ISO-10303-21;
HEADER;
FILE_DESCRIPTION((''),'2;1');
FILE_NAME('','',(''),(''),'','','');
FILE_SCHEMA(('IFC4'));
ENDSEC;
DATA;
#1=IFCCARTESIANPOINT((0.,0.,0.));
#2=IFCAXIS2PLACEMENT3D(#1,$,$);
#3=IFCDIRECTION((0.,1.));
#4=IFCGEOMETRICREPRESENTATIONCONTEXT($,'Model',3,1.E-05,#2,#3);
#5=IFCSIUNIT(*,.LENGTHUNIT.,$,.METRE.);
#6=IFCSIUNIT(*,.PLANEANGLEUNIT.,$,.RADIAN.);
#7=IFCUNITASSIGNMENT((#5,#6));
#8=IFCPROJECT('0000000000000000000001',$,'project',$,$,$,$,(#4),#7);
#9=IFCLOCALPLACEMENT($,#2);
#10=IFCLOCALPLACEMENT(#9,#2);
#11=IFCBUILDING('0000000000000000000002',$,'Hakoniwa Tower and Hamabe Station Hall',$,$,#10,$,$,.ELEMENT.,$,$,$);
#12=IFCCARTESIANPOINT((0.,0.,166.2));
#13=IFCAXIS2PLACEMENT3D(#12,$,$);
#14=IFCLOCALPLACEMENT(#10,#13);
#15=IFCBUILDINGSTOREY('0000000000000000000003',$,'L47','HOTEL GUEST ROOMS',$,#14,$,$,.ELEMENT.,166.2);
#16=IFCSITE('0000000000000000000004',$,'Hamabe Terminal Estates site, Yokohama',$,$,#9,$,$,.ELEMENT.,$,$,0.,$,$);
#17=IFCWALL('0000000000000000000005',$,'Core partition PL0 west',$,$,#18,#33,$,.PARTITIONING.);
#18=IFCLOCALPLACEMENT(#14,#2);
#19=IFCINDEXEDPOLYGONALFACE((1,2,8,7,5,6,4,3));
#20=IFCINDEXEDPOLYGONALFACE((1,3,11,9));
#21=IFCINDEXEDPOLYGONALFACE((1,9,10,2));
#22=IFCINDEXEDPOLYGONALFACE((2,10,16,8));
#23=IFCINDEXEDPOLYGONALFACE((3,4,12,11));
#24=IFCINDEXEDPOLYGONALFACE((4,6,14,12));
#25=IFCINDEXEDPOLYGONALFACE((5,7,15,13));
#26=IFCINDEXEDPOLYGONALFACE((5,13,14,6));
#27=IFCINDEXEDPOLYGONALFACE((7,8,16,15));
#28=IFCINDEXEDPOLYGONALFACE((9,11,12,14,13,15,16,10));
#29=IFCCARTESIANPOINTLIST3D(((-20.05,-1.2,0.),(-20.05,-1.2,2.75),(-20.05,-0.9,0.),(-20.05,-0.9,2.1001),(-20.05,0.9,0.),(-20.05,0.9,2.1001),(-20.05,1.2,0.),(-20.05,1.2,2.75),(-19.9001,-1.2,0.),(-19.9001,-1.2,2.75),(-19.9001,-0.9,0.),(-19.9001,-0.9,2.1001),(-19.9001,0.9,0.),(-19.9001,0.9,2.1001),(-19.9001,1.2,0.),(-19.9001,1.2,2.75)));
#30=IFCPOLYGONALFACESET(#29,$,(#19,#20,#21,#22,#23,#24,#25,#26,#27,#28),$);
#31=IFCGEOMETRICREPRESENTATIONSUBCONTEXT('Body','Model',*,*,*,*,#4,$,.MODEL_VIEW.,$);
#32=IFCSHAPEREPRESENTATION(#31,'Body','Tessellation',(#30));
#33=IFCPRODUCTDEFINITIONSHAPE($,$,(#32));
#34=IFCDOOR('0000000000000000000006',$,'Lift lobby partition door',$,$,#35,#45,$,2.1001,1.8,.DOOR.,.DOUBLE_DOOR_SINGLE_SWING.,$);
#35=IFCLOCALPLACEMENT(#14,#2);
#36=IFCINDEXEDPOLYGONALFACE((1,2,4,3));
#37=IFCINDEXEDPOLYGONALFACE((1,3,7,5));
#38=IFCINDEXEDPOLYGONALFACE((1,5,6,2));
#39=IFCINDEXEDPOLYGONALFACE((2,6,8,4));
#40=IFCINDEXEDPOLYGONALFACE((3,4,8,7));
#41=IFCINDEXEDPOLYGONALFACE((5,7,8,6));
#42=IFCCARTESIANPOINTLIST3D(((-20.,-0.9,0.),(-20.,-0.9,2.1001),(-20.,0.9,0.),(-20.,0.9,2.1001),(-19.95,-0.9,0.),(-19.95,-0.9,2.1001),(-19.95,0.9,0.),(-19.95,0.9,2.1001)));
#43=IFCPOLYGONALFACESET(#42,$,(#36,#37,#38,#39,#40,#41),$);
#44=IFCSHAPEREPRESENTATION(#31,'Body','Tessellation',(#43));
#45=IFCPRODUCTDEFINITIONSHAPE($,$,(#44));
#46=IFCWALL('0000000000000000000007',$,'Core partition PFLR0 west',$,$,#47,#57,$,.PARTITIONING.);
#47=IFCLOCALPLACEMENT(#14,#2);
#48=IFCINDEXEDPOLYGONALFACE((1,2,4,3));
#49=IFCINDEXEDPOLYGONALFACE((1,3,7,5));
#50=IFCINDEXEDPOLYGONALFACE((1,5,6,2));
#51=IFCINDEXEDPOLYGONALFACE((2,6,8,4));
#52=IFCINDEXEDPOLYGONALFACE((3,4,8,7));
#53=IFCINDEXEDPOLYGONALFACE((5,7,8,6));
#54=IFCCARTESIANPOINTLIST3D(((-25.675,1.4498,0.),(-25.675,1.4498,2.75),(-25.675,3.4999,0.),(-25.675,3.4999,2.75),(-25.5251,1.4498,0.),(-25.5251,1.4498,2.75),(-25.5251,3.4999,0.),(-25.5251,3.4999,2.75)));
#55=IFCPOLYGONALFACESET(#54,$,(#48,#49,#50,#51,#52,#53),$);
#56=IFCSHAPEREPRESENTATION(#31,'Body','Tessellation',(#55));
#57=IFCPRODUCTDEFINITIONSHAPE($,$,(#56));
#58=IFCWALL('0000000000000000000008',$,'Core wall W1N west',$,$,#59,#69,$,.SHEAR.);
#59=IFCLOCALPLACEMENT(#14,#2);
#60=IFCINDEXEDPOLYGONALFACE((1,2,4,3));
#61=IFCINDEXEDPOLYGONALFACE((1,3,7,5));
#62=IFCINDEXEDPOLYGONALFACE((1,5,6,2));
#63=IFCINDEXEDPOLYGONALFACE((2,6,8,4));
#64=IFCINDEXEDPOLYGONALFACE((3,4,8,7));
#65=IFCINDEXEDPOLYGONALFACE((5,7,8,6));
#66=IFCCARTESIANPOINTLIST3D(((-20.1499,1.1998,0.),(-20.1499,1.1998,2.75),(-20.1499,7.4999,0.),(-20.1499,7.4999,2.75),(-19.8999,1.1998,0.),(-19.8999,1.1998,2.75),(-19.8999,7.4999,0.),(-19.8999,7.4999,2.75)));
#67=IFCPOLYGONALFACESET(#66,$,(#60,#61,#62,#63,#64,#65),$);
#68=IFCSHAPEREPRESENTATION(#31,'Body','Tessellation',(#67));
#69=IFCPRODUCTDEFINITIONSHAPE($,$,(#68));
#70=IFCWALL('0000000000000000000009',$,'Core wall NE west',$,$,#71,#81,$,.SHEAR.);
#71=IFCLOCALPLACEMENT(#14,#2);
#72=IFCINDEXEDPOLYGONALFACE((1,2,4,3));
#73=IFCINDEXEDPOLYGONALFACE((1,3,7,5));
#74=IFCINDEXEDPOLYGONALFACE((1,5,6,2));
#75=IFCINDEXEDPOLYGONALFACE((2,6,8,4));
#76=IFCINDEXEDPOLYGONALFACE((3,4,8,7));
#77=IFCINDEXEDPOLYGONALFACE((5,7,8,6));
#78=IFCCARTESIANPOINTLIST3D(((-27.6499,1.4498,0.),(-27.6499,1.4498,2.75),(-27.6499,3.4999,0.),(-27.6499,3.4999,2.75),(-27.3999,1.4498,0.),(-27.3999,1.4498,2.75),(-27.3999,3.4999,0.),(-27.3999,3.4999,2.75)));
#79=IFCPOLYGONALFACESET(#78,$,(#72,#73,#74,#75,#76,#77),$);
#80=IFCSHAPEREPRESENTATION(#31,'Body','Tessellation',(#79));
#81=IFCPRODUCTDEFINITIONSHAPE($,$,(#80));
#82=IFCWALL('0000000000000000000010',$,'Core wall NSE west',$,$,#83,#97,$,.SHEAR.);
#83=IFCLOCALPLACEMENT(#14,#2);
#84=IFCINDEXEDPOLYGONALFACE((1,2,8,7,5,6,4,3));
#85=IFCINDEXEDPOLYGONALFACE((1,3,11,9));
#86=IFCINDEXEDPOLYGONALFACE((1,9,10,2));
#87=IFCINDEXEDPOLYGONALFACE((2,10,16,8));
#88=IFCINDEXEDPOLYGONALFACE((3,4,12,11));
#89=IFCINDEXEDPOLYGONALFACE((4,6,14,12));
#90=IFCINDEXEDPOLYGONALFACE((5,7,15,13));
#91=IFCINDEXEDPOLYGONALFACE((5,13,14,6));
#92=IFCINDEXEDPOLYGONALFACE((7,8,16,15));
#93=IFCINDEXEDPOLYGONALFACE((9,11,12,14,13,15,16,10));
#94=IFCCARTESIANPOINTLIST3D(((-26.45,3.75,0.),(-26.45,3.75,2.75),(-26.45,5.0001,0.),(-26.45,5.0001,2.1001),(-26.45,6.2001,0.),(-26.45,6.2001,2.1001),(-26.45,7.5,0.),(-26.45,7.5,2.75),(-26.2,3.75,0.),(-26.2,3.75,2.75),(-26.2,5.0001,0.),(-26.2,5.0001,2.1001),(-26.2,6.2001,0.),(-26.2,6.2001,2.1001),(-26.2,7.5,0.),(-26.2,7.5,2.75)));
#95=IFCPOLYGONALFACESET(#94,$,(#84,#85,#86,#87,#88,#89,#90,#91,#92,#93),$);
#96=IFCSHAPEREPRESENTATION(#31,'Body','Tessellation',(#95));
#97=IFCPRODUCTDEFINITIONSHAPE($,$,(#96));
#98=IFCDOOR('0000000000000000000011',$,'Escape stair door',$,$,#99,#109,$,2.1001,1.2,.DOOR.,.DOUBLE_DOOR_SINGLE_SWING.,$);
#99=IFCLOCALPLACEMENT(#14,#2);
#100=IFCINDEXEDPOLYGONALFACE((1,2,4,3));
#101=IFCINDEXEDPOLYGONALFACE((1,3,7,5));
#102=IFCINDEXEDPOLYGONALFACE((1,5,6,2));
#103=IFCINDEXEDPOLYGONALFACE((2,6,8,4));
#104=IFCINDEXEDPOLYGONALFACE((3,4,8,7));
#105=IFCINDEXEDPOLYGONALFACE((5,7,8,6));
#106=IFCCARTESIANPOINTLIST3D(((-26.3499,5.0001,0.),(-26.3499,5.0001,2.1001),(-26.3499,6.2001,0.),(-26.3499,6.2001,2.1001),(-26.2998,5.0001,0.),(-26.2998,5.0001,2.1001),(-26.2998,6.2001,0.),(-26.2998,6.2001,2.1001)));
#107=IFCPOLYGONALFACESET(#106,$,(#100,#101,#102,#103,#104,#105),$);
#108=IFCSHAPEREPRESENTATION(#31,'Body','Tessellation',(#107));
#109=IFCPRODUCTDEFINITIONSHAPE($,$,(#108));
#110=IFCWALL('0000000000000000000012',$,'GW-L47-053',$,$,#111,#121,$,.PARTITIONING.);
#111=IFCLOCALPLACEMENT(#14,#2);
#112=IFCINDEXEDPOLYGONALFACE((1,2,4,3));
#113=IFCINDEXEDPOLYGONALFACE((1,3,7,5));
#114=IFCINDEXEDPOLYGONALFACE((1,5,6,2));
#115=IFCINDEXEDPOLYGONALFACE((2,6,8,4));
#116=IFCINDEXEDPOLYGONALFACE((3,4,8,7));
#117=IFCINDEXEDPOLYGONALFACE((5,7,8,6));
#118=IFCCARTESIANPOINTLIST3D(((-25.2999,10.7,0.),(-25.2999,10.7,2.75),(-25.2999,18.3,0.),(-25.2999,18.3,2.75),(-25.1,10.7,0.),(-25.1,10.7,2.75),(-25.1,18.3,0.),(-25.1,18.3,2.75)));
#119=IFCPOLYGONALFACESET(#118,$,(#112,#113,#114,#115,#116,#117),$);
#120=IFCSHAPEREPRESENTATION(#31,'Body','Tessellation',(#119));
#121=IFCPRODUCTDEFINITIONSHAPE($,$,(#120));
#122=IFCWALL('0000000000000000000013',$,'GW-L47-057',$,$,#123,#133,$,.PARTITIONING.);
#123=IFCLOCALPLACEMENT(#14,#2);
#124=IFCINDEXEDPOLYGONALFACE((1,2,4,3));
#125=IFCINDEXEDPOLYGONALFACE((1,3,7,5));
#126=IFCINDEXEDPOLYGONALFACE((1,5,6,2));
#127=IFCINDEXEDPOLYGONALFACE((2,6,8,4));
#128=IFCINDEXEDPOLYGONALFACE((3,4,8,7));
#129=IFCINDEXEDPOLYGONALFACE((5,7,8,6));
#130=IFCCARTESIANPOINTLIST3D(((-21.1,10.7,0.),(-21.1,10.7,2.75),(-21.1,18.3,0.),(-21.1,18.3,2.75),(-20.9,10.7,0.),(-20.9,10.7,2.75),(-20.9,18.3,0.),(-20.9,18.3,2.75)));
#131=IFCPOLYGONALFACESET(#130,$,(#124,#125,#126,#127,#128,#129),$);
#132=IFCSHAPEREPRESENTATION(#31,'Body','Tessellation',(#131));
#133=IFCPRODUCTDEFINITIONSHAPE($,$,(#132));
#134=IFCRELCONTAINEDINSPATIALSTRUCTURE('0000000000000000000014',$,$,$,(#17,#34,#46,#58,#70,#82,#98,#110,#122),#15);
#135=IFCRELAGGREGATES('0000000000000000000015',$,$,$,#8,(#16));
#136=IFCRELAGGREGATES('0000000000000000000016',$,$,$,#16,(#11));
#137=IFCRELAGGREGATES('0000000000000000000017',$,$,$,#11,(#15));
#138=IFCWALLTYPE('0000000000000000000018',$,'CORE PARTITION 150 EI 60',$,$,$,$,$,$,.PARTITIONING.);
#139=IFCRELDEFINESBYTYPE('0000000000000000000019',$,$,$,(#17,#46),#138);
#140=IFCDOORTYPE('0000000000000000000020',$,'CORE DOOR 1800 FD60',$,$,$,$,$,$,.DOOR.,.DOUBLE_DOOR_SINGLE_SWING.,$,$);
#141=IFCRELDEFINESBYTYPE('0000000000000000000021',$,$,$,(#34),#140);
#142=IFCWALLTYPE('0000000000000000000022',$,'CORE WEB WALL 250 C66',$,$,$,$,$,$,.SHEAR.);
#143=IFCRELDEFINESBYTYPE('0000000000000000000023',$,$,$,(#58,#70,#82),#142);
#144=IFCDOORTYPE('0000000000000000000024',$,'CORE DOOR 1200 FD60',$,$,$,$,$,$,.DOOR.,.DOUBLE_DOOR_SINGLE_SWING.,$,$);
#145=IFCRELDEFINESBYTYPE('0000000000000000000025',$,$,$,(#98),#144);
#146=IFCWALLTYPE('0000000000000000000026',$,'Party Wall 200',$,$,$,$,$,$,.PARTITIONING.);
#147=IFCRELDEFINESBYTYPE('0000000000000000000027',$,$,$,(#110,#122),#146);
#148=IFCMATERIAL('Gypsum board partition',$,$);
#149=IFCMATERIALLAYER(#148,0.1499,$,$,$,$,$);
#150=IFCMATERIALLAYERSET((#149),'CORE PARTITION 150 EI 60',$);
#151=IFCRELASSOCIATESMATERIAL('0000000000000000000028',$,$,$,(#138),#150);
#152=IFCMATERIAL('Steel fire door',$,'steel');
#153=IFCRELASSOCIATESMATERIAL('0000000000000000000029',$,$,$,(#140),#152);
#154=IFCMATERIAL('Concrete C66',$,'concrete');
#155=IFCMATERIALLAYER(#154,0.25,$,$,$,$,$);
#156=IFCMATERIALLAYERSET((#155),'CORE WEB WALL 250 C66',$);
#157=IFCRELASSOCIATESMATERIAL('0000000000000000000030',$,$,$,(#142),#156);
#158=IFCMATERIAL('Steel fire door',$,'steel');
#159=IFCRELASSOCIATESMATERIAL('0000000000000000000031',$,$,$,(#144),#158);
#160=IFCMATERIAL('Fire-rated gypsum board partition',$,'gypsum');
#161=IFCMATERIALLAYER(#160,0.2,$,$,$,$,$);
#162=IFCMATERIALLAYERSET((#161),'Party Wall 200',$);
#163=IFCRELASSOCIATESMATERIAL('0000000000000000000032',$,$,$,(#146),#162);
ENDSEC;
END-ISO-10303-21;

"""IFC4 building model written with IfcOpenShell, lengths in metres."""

from ifc_helpers import new_model, si_unit, direction, frame, frame_2d, origin, place, context, subcontext, project, spatial, rectangle, extrude, material, layer, layer_set, type_object, element, fill, save


model = new_model("IFC4")

# Units and contexts
model_context = context("Model", 3, precision=1e-05, world=origin(), true_north=direction((0.0, 1.0)))
body_context = subcontext(model_context, "Body", "Model", "MODEL_VIEW")
ifc_project = project(units=[si_unit("LENGTHUNIT", "METRE"), si_unit("PLANEANGLEUNIT", "RADIAN")], contexts=[model_context])

# Site, building, storey
site_placement = place(None, origin())
site = spatial("IfcSite", under=ifc_project, at=site_placement, Name="Hamabe Terminal Estates site, Yokohama", CompositionType="ELEMENT", RefElevation=0.0)
building_placement = place(site_placement, origin())
building = spatial("IfcBuilding", under=site, at=building_placement, Name="Hakoniwa Tower and Hamabe Station Hall", CompositionType="ELEMENT")
storey_placement = place(building_placement, frame((0.0, 0.0, 166.2)))
storey = spatial("IfcBuildingStorey", under=building, at=storey_placement, Name="L47", Description="HOTEL GUEST ROOMS", CompositionType="ELEMENT", Elevation=166.2)

# Wall, opening, door
ifc_material_1 = material(Name="Gypsum board partition")
ifc_layer_1 = layer(ifc_material_1, 0.1499)
ifc_layer_set_1 = layer_set([ifc_layer_1], Name="CORE PARTITION 150 EI 60")
wall_type_1 = type_object("IfcWallType", Name="CORE PARTITION 150 EI 60", PredefinedType="PARTITIONING", material=ifc_layer_set_1)
wall_1_placement = place(storey_placement, frame((-19.9751, -1.2, 0.0), z_axis=(0.0, 0.0, 1.0), x_axis=(0.0, 1.0, 0.0)))
wall_1 = element("IfcWall", 1, at=wall_1_placement, inside=storey, type_object=wall_type_1, Name="Core partition PL0 west", PredefinedType="PARTITIONING", context=body_context, shape_type="SweptSolid", body=[
    extrude(rectangle(XDim=2.3999, YDim=0.1499, at=frame_2d((1.2, 0.0))), origin(), (0.0, 0.0, 1.0), 2.75),
])
opening_1_placement = place(wall_1_placement, frame((0.3, 0.0, 0.0)))
opening_1 = element("IfcOpeningElement", 2, at=opening_1_placement, cuts=wall_1, PredefinedType="OPENING", context=body_context, shape_type="SweptSolid", body=[
    extrude(rectangle(XDim=1.8, YDim=2.1001, at=frame_2d((0.8999, 1.05))), frame((0.0, 0.085, 0.0), z_axis=(0.0, -1.0, 0.0), x_axis=(1.0, 0.0, 0.0)), (0.0, 0.0, 1.0), 0.1699),
])
ifc_material_2 = material(Name="Steel fire door", Category="steel")
door_type_1 = type_object("IfcDoorType", Name="CORE DOOR 1800 FD60", OperationType="DOUBLE_DOOR_SINGLE_SWING", PredefinedType="DOOR", material=ifc_material_2)
door_1_placement = place(opening_1_placement, origin())
door_1 = element("IfcDoor", 3, at=door_1_placement, inside=storey, type_object=door_type_1, Name="Lift lobby partition door", OperationType="DOUBLE_DOOR_SINGLE_SWING", OverallHeight=2.1001, OverallWidth=1.8, PredefinedType="DOOR", context=body_context, shape_type="SweptSolid", body=[
    extrude(rectangle(XDim=1.8, YDim=2.1001, at=frame_2d((0.8999, 1.05))), frame((0.0, 0.0249, 0.0), z_axis=(0.0, -1.0, 0.0), x_axis=(1.0, 0.0, 0.0)), (0.0, 0.0, 1.0), 0.05),
])
fill(opening_1, door_1)

# Walls
wall_2_placement = place(storey_placement, frame((-25.6001, 1.45, 0.0), z_axis=(0.0, 0.0, 1.0), x_axis=(0.0, 1.0, 0.0)))
element("IfcWall", 4, at=wall_2_placement, inside=storey, type_object=wall_type_1, Name="Core partition PFLR0 west", PredefinedType="PARTITIONING", context=body_context, shape_type="SweptSolid", body=[
    extrude(rectangle(XDim=2.05, YDim=0.1499, at=frame_2d((1.0249, 0.0))), origin(), (0.0, 0.0, 1.0), 2.75),
])
ifc_material_3 = material(Name="Concrete C66", Category="concrete")
ifc_layer_2 = layer(ifc_material_3, 0.25)
ifc_layer_set_2 = layer_set([ifc_layer_2], Name="CORE WEB WALL 250 C66")
wall_type_2 = type_object("IfcWallType", Name="CORE WEB WALL 250 C66", PredefinedType="SHEAR", material=ifc_layer_set_2)
wall_3_placement = place(storey_placement, frame((-20.0249, 1.2, 0.0), z_axis=(0.0, 0.0, 1.0), x_axis=(0.0, 1.0, 0.0)))
element("IfcWall", 5, at=wall_3_placement, inside=storey, type_object=wall_type_2, Name="Core wall W1N west", PredefinedType="SHEAR", context=body_context, shape_type="SweptSolid", body=[
    extrude(rectangle(XDim=6.3, YDim=0.25, at=frame_2d((3.1499, 0.0))), origin(), (0.0, 0.0, 1.0), 2.75),
])
wall_4_placement = place(storey_placement, frame((-27.5249, 1.45, 0.0), z_axis=(0.0, 0.0, 1.0), x_axis=(0.0, 1.0, 0.0)))
element("IfcWall", 6, at=wall_4_placement, inside=storey, type_object=wall_type_2, Name="Core wall NE west", PredefinedType="SHEAR", context=body_context, shape_type="SweptSolid", body=[
    extrude(rectangle(XDim=2.05, YDim=0.25, at=frame_2d((1.0249, 0.0))), origin(), (0.0, 0.0, 1.0), 2.75),
])

# Wall, opening, door
wall_5_placement = place(storey_placement, frame((-26.325, 3.75, 0.0), z_axis=(0.0, 0.0, 1.0), x_axis=(0.0, 1.0, 0.0)))
wall_5 = element("IfcWall", 7, at=wall_5_placement, inside=storey, type_object=wall_type_2, Name="Core wall NSE west", PredefinedType="SHEAR", context=body_context, shape_type="SweptSolid", body=[
    extrude(rectangle(XDim=3.75, YDim=0.25, at=frame_2d((1.875, 0.0))), origin(), (0.0, 0.0, 1.0), 2.75),
])
opening_2_placement = place(wall_5_placement, frame((1.25, 0.0, 0.0)))
opening_2 = element("IfcOpeningElement", 8, at=opening_2_placement, cuts=wall_5, PredefinedType="OPENING", context=body_context, shape_type="SweptSolid", body=[
    extrude(rectangle(XDim=1.2, YDim=2.1001, at=frame_2d((0.6001, 1.05))), frame((0.0, 0.135, 0.0), z_axis=(0.0, -1.0, 0.0), x_axis=(1.0, 0.0, 0.0)), (0.0, 0.0, 1.0), 0.27),
])
ifc_material_4 = material(Name="Steel fire door", Category="steel")
door_type_2 = type_object("IfcDoorType", Name="CORE DOOR 1200 FD60", OperationType="DOUBLE_DOOR_SINGLE_SWING", PredefinedType="DOOR", material=ifc_material_4)
door_2_placement = place(opening_2_placement, origin())
door_2 = element("IfcDoor", 9, at=door_2_placement, inside=storey, type_object=door_type_2, Name="Escape stair door", OperationType="DOUBLE_DOOR_SINGLE_SWING", OverallHeight=2.1001, OverallWidth=1.2, PredefinedType="DOOR", context=body_context, shape_type="SweptSolid", body=[
    extrude(rectangle(XDim=1.2, YDim=2.1001, at=frame_2d((0.6001, 1.05))), frame((0.0, 0.0249, 0.0), z_axis=(0.0, -1.0, 0.0), x_axis=(1.0, 0.0, 0.0)), (0.0, 0.0, 1.0), 0.05),
])
fill(opening_2, door_2)

# Walls
ifc_material_5 = material(Name="Fire-rated gypsum board partition", Category="gypsum")
ifc_layer_3 = layer(ifc_material_5, 0.2)
ifc_layer_set_3 = layer_set([ifc_layer_3], Name="Party Wall 200")
wall_type_3 = type_object("IfcWallType", Name="Party Wall 200", PredefinedType="PARTITIONING", material=ifc_layer_set_3)
for number, where, z_axis, x_axis, name in (
    (10, (-25.2, 10.7, 0.0), (0.0, 0.0, 1.0), (0.0, 1.0, 0.0), "GW-L47-053"),
    (11, (-21.0, 10.7, 0.0), (0.0, 0.0, 1.0), (0.0, 1.0, 0.0), "GW-L47-057"),
):
    element("IfcWall", number, at=place(storey_placement, frame(where, z_axis=z_axis, x_axis=x_axis)), inside=storey, type_object=wall_type_3, Name=name, PredefinedType="PARTITIONING", context=body_context, shape_type="SweptSolid", body=[
        extrude(rectangle(XDim=7.6001, YDim=0.2, at=frame_2d((3.8, 0.0))), origin(), (0.0, 0.0, 1.0), 2.75),
    ])

save(model, "model.ifc")
